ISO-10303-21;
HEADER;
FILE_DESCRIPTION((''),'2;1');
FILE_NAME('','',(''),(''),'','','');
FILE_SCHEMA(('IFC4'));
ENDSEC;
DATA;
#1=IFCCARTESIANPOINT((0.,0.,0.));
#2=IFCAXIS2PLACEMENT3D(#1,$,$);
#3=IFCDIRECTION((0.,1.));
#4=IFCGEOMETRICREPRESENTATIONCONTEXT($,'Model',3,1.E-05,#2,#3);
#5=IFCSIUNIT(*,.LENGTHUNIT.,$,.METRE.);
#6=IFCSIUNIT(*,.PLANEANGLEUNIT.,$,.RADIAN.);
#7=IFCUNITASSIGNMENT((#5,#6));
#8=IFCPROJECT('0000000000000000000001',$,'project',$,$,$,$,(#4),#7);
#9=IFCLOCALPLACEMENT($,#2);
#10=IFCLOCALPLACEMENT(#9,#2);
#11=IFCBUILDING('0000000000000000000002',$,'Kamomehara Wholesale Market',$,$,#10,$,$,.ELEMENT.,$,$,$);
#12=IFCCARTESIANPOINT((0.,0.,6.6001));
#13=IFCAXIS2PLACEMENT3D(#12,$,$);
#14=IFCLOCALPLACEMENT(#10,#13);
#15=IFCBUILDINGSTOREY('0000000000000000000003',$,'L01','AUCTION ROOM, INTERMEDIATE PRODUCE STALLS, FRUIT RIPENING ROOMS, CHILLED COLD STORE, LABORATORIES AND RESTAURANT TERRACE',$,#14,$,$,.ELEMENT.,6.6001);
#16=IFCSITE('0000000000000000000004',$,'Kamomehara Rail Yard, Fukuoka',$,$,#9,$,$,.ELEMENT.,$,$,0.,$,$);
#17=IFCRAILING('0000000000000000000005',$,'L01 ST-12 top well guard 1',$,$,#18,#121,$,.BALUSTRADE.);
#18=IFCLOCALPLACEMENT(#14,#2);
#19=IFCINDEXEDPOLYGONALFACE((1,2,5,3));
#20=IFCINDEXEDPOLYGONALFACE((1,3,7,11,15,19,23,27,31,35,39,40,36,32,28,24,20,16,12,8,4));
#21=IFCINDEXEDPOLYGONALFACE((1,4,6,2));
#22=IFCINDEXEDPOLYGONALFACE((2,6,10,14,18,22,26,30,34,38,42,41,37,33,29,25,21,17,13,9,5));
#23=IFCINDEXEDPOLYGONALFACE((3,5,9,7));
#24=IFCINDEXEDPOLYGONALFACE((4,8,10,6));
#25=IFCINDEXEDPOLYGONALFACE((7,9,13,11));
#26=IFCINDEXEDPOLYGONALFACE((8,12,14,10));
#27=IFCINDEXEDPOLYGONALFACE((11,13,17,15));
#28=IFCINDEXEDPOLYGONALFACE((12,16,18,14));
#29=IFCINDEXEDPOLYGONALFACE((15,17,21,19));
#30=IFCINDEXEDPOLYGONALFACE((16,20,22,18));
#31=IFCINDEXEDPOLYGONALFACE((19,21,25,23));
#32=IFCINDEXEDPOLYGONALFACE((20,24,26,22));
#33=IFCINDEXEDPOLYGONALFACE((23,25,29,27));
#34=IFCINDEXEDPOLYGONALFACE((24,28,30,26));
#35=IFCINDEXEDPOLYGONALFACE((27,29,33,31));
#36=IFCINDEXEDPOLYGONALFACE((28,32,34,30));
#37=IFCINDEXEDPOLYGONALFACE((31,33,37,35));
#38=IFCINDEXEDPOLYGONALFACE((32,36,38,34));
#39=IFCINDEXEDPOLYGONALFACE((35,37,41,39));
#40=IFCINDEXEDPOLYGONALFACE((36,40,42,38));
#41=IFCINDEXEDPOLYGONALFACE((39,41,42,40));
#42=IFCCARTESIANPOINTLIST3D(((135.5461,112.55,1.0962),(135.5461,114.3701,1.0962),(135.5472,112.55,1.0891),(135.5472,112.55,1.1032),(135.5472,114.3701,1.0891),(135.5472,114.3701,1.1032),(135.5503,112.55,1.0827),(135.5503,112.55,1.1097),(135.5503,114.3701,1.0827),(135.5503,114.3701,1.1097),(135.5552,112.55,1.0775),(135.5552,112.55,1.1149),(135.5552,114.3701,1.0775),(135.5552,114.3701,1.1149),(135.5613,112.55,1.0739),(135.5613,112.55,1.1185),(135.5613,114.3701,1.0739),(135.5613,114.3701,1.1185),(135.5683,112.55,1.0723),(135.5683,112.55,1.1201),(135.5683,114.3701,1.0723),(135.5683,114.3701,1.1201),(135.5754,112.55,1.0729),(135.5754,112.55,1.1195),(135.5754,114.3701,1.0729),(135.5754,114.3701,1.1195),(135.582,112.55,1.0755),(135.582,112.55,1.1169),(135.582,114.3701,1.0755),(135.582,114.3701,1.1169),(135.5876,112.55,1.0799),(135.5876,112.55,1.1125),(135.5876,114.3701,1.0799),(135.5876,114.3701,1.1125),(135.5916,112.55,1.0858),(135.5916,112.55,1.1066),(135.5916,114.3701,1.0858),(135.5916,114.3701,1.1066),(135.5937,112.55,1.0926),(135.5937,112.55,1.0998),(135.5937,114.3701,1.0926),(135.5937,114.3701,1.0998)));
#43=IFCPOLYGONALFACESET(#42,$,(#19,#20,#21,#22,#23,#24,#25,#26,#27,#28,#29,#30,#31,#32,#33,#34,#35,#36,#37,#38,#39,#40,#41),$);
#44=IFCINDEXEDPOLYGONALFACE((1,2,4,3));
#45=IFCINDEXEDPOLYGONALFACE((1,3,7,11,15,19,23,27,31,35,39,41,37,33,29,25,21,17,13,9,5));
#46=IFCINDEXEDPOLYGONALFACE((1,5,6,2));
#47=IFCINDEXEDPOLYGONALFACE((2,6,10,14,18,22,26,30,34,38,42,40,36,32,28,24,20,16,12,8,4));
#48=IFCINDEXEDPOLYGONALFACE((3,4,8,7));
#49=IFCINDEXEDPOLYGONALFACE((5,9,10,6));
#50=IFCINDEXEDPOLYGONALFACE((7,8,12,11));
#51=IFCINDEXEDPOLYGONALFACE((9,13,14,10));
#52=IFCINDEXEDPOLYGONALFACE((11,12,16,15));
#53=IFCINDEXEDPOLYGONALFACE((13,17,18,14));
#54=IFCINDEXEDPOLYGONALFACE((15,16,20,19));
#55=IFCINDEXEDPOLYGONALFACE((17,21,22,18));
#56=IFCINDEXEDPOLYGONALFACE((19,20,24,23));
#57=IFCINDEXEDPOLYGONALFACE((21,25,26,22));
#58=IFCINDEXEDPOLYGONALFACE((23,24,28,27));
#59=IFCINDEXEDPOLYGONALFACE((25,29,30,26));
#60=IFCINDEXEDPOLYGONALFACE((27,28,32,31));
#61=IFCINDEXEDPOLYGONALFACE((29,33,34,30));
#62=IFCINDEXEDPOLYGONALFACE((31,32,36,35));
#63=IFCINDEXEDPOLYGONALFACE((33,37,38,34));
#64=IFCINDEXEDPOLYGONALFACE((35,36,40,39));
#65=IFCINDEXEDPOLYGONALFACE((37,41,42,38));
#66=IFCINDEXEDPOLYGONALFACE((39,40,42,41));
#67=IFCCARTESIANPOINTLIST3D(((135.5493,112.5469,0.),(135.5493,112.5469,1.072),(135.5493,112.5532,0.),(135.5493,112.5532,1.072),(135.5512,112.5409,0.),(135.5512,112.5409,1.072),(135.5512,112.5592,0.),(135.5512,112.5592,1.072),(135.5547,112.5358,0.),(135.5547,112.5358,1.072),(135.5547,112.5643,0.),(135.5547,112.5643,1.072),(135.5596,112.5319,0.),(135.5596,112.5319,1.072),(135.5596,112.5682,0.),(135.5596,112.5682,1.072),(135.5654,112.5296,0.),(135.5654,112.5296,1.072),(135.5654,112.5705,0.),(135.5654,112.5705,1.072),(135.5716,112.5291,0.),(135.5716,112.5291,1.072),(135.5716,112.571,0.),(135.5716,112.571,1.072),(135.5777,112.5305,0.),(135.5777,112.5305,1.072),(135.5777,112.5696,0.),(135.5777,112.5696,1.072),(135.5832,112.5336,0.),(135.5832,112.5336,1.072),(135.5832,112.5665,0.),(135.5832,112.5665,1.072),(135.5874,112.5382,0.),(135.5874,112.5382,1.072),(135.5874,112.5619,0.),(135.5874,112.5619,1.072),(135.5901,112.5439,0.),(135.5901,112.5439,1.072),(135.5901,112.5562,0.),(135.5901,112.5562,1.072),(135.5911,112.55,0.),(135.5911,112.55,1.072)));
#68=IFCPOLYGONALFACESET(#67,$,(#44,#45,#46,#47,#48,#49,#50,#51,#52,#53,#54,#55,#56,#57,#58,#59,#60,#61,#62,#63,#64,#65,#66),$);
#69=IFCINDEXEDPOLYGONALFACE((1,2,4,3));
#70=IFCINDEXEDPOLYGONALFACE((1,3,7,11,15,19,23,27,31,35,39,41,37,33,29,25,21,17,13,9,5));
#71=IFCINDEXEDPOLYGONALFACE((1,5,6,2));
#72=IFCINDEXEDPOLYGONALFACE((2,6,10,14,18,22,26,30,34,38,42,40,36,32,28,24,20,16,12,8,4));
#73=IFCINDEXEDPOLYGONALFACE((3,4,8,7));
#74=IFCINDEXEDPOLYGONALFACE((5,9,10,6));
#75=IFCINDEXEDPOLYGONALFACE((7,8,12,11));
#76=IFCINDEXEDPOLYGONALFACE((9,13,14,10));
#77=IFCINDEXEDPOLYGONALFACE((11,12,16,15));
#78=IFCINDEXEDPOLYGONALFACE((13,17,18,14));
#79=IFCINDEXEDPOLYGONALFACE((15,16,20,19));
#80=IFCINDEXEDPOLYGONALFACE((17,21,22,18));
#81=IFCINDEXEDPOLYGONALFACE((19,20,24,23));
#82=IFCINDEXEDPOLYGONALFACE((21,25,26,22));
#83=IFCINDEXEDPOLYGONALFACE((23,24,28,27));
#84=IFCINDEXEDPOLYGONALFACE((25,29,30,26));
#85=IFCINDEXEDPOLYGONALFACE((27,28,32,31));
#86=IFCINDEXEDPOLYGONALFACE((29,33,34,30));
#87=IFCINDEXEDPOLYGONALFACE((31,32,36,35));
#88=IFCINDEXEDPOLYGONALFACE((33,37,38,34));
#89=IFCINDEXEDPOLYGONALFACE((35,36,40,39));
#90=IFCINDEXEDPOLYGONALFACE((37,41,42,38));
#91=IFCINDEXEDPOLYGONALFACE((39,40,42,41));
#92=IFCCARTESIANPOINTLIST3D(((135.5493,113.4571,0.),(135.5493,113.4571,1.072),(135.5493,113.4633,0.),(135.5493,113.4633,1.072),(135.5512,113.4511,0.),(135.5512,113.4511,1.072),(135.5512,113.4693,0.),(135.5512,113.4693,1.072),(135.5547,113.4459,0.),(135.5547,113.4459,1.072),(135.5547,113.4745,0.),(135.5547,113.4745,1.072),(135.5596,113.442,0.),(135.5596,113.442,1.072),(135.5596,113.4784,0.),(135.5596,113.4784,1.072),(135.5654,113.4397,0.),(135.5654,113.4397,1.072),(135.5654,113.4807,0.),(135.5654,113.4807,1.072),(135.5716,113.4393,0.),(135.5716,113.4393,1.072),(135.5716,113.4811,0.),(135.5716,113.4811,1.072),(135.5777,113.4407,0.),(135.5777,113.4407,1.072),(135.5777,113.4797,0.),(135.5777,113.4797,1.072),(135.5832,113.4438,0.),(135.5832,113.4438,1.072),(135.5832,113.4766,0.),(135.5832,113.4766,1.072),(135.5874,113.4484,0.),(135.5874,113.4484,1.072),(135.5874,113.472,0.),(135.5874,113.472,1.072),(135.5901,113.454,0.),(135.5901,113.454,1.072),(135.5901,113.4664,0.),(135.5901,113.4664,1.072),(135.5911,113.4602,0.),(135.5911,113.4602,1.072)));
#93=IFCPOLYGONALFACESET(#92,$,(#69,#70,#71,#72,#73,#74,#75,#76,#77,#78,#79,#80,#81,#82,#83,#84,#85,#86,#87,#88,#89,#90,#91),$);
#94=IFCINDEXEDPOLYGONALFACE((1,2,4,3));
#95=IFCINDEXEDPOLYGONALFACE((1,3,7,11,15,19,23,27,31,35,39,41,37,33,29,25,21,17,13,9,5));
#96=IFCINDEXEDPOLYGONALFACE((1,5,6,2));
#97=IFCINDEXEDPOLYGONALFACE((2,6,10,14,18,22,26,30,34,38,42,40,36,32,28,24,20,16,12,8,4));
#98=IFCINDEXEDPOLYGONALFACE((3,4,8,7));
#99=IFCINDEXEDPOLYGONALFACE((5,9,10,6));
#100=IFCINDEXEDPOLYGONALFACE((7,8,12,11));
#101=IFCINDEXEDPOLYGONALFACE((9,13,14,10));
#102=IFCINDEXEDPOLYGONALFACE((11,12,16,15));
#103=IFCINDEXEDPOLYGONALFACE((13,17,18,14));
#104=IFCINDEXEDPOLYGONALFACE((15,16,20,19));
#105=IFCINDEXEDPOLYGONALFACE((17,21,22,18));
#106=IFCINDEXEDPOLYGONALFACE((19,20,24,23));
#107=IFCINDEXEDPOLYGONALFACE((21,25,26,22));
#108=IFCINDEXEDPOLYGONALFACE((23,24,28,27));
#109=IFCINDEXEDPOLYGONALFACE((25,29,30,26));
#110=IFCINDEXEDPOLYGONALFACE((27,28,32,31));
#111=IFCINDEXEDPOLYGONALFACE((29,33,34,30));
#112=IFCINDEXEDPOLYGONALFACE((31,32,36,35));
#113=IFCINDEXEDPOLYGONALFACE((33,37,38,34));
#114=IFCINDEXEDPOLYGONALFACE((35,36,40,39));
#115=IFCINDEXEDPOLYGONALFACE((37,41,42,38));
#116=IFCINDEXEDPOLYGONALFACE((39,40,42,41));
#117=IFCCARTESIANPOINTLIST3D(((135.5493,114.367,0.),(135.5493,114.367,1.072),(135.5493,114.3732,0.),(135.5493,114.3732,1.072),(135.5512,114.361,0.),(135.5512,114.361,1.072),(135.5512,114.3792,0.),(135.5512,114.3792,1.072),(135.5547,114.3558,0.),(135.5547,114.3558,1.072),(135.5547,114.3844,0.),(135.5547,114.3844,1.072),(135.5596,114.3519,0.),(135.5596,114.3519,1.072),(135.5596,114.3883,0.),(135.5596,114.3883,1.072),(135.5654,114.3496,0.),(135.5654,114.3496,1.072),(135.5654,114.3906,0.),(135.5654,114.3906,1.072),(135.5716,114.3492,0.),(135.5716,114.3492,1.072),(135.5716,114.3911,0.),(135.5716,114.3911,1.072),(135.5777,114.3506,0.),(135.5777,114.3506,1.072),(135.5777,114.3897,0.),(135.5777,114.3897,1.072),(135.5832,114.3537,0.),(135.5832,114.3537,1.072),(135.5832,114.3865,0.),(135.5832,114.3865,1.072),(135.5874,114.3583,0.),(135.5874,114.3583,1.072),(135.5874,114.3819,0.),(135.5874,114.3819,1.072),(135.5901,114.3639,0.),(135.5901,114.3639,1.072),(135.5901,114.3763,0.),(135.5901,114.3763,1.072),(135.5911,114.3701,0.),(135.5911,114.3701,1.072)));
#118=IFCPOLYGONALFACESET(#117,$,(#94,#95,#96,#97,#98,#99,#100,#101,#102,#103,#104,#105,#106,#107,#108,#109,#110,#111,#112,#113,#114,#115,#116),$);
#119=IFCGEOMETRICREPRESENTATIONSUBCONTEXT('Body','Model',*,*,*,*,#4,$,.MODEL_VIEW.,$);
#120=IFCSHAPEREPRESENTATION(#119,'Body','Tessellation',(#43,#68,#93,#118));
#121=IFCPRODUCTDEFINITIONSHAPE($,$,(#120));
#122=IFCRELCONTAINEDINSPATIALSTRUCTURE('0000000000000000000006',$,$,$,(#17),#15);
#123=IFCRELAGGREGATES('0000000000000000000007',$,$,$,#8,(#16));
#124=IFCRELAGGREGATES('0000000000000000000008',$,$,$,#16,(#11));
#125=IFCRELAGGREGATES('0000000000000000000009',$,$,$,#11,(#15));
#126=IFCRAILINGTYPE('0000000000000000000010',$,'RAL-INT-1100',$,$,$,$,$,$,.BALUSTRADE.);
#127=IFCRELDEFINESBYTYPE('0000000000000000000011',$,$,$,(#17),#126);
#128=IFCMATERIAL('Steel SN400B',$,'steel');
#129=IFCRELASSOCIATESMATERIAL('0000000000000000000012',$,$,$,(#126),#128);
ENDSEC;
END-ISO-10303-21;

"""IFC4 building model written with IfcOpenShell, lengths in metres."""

from ifc_helpers import new_model, si_unit, direction, frame, origin, origin_2d, place, context, subcontext, project, spatial, circle, extrude, material, type_object, element, save


model = new_model("IFC4")

# Units and contexts
model_context = context("Model", 3, precision=1e-05, world=origin(), true_north=direction((0.0, 1.0)))
body_context = subcontext(model_context, "Body", "Model", "MODEL_VIEW")
ifc_project = project(units=[si_unit("LENGTHUNIT", "METRE"), si_unit("PLANEANGLEUNIT", "RADIAN")], contexts=[model_context])

# Site, building, storey
site_placement = place(None, origin())
site = spatial("IfcSite", under=ifc_project, at=site_placement, Name="Kamomehara Rail Yard, Fukuoka", CompositionType="ELEMENT", RefElevation=0.0)
building_placement = place(site_placement, origin())
building = spatial("IfcBuilding", under=site, at=building_placement, Name="Kamomehara Wholesale Market", CompositionType="ELEMENT")
storey_placement = place(building_placement, frame((0.0, 0.0, 6.6001)))
storey = spatial("IfcBuildingStorey", under=building, at=storey_placement, Name="L01", Description="AUCTION ROOM, INTERMEDIATE PRODUCE STALLS, FRUIT RIPENING ROOMS, CHILLED COLD STORE, LABORATORIES AND RESTAURANT TERRACE", CompositionType="ELEMENT", Elevation=6.6001)

# Railing
ifc_material_1 = material(Name="Steel SN400B", Category="steel")
railing_type = type_object("IfcRailingType", Name="RAL-INT-1100", PredefinedType="BALUSTRADE", material=ifc_material_1)
railing_1_placement = place(storey_placement, frame((135.5701, 112.55, 0.0)))
element("IfcRailing", 1, at=railing_1_placement, inside=storey, type_object=railing_type, Name="L01 ST-12 top well guard 1", PredefinedType="BALUSTRADE", context=body_context, shape_type="SweptSolid", body=[
    extrude(circle(Radius=0.0239, at=origin_2d()), frame((0.0, 0.0, 1.0962), z_axis=(0.0, 1.0, 0.0), x_axis=(-1.0, 0.0, 0.0)), (0.0, 0.0, 1.0), 1.8201),
    extrude(circle(Radius=0.021, at=origin_2d()), origin(), (0.0, 0.0, 1.0), 1.072),
    extrude(circle(Radius=0.021, at=origin_2d()), frame((0.0, 0.9102, 0.0)), (0.0, 0.0, 1.0), 1.072),
    extrude(circle(Radius=0.021, at=origin_2d()), frame((0.0, 1.8201, 0.0)), (0.0, 0.0, 1.0), 1.072),
])

save(model, "model.ifc")
